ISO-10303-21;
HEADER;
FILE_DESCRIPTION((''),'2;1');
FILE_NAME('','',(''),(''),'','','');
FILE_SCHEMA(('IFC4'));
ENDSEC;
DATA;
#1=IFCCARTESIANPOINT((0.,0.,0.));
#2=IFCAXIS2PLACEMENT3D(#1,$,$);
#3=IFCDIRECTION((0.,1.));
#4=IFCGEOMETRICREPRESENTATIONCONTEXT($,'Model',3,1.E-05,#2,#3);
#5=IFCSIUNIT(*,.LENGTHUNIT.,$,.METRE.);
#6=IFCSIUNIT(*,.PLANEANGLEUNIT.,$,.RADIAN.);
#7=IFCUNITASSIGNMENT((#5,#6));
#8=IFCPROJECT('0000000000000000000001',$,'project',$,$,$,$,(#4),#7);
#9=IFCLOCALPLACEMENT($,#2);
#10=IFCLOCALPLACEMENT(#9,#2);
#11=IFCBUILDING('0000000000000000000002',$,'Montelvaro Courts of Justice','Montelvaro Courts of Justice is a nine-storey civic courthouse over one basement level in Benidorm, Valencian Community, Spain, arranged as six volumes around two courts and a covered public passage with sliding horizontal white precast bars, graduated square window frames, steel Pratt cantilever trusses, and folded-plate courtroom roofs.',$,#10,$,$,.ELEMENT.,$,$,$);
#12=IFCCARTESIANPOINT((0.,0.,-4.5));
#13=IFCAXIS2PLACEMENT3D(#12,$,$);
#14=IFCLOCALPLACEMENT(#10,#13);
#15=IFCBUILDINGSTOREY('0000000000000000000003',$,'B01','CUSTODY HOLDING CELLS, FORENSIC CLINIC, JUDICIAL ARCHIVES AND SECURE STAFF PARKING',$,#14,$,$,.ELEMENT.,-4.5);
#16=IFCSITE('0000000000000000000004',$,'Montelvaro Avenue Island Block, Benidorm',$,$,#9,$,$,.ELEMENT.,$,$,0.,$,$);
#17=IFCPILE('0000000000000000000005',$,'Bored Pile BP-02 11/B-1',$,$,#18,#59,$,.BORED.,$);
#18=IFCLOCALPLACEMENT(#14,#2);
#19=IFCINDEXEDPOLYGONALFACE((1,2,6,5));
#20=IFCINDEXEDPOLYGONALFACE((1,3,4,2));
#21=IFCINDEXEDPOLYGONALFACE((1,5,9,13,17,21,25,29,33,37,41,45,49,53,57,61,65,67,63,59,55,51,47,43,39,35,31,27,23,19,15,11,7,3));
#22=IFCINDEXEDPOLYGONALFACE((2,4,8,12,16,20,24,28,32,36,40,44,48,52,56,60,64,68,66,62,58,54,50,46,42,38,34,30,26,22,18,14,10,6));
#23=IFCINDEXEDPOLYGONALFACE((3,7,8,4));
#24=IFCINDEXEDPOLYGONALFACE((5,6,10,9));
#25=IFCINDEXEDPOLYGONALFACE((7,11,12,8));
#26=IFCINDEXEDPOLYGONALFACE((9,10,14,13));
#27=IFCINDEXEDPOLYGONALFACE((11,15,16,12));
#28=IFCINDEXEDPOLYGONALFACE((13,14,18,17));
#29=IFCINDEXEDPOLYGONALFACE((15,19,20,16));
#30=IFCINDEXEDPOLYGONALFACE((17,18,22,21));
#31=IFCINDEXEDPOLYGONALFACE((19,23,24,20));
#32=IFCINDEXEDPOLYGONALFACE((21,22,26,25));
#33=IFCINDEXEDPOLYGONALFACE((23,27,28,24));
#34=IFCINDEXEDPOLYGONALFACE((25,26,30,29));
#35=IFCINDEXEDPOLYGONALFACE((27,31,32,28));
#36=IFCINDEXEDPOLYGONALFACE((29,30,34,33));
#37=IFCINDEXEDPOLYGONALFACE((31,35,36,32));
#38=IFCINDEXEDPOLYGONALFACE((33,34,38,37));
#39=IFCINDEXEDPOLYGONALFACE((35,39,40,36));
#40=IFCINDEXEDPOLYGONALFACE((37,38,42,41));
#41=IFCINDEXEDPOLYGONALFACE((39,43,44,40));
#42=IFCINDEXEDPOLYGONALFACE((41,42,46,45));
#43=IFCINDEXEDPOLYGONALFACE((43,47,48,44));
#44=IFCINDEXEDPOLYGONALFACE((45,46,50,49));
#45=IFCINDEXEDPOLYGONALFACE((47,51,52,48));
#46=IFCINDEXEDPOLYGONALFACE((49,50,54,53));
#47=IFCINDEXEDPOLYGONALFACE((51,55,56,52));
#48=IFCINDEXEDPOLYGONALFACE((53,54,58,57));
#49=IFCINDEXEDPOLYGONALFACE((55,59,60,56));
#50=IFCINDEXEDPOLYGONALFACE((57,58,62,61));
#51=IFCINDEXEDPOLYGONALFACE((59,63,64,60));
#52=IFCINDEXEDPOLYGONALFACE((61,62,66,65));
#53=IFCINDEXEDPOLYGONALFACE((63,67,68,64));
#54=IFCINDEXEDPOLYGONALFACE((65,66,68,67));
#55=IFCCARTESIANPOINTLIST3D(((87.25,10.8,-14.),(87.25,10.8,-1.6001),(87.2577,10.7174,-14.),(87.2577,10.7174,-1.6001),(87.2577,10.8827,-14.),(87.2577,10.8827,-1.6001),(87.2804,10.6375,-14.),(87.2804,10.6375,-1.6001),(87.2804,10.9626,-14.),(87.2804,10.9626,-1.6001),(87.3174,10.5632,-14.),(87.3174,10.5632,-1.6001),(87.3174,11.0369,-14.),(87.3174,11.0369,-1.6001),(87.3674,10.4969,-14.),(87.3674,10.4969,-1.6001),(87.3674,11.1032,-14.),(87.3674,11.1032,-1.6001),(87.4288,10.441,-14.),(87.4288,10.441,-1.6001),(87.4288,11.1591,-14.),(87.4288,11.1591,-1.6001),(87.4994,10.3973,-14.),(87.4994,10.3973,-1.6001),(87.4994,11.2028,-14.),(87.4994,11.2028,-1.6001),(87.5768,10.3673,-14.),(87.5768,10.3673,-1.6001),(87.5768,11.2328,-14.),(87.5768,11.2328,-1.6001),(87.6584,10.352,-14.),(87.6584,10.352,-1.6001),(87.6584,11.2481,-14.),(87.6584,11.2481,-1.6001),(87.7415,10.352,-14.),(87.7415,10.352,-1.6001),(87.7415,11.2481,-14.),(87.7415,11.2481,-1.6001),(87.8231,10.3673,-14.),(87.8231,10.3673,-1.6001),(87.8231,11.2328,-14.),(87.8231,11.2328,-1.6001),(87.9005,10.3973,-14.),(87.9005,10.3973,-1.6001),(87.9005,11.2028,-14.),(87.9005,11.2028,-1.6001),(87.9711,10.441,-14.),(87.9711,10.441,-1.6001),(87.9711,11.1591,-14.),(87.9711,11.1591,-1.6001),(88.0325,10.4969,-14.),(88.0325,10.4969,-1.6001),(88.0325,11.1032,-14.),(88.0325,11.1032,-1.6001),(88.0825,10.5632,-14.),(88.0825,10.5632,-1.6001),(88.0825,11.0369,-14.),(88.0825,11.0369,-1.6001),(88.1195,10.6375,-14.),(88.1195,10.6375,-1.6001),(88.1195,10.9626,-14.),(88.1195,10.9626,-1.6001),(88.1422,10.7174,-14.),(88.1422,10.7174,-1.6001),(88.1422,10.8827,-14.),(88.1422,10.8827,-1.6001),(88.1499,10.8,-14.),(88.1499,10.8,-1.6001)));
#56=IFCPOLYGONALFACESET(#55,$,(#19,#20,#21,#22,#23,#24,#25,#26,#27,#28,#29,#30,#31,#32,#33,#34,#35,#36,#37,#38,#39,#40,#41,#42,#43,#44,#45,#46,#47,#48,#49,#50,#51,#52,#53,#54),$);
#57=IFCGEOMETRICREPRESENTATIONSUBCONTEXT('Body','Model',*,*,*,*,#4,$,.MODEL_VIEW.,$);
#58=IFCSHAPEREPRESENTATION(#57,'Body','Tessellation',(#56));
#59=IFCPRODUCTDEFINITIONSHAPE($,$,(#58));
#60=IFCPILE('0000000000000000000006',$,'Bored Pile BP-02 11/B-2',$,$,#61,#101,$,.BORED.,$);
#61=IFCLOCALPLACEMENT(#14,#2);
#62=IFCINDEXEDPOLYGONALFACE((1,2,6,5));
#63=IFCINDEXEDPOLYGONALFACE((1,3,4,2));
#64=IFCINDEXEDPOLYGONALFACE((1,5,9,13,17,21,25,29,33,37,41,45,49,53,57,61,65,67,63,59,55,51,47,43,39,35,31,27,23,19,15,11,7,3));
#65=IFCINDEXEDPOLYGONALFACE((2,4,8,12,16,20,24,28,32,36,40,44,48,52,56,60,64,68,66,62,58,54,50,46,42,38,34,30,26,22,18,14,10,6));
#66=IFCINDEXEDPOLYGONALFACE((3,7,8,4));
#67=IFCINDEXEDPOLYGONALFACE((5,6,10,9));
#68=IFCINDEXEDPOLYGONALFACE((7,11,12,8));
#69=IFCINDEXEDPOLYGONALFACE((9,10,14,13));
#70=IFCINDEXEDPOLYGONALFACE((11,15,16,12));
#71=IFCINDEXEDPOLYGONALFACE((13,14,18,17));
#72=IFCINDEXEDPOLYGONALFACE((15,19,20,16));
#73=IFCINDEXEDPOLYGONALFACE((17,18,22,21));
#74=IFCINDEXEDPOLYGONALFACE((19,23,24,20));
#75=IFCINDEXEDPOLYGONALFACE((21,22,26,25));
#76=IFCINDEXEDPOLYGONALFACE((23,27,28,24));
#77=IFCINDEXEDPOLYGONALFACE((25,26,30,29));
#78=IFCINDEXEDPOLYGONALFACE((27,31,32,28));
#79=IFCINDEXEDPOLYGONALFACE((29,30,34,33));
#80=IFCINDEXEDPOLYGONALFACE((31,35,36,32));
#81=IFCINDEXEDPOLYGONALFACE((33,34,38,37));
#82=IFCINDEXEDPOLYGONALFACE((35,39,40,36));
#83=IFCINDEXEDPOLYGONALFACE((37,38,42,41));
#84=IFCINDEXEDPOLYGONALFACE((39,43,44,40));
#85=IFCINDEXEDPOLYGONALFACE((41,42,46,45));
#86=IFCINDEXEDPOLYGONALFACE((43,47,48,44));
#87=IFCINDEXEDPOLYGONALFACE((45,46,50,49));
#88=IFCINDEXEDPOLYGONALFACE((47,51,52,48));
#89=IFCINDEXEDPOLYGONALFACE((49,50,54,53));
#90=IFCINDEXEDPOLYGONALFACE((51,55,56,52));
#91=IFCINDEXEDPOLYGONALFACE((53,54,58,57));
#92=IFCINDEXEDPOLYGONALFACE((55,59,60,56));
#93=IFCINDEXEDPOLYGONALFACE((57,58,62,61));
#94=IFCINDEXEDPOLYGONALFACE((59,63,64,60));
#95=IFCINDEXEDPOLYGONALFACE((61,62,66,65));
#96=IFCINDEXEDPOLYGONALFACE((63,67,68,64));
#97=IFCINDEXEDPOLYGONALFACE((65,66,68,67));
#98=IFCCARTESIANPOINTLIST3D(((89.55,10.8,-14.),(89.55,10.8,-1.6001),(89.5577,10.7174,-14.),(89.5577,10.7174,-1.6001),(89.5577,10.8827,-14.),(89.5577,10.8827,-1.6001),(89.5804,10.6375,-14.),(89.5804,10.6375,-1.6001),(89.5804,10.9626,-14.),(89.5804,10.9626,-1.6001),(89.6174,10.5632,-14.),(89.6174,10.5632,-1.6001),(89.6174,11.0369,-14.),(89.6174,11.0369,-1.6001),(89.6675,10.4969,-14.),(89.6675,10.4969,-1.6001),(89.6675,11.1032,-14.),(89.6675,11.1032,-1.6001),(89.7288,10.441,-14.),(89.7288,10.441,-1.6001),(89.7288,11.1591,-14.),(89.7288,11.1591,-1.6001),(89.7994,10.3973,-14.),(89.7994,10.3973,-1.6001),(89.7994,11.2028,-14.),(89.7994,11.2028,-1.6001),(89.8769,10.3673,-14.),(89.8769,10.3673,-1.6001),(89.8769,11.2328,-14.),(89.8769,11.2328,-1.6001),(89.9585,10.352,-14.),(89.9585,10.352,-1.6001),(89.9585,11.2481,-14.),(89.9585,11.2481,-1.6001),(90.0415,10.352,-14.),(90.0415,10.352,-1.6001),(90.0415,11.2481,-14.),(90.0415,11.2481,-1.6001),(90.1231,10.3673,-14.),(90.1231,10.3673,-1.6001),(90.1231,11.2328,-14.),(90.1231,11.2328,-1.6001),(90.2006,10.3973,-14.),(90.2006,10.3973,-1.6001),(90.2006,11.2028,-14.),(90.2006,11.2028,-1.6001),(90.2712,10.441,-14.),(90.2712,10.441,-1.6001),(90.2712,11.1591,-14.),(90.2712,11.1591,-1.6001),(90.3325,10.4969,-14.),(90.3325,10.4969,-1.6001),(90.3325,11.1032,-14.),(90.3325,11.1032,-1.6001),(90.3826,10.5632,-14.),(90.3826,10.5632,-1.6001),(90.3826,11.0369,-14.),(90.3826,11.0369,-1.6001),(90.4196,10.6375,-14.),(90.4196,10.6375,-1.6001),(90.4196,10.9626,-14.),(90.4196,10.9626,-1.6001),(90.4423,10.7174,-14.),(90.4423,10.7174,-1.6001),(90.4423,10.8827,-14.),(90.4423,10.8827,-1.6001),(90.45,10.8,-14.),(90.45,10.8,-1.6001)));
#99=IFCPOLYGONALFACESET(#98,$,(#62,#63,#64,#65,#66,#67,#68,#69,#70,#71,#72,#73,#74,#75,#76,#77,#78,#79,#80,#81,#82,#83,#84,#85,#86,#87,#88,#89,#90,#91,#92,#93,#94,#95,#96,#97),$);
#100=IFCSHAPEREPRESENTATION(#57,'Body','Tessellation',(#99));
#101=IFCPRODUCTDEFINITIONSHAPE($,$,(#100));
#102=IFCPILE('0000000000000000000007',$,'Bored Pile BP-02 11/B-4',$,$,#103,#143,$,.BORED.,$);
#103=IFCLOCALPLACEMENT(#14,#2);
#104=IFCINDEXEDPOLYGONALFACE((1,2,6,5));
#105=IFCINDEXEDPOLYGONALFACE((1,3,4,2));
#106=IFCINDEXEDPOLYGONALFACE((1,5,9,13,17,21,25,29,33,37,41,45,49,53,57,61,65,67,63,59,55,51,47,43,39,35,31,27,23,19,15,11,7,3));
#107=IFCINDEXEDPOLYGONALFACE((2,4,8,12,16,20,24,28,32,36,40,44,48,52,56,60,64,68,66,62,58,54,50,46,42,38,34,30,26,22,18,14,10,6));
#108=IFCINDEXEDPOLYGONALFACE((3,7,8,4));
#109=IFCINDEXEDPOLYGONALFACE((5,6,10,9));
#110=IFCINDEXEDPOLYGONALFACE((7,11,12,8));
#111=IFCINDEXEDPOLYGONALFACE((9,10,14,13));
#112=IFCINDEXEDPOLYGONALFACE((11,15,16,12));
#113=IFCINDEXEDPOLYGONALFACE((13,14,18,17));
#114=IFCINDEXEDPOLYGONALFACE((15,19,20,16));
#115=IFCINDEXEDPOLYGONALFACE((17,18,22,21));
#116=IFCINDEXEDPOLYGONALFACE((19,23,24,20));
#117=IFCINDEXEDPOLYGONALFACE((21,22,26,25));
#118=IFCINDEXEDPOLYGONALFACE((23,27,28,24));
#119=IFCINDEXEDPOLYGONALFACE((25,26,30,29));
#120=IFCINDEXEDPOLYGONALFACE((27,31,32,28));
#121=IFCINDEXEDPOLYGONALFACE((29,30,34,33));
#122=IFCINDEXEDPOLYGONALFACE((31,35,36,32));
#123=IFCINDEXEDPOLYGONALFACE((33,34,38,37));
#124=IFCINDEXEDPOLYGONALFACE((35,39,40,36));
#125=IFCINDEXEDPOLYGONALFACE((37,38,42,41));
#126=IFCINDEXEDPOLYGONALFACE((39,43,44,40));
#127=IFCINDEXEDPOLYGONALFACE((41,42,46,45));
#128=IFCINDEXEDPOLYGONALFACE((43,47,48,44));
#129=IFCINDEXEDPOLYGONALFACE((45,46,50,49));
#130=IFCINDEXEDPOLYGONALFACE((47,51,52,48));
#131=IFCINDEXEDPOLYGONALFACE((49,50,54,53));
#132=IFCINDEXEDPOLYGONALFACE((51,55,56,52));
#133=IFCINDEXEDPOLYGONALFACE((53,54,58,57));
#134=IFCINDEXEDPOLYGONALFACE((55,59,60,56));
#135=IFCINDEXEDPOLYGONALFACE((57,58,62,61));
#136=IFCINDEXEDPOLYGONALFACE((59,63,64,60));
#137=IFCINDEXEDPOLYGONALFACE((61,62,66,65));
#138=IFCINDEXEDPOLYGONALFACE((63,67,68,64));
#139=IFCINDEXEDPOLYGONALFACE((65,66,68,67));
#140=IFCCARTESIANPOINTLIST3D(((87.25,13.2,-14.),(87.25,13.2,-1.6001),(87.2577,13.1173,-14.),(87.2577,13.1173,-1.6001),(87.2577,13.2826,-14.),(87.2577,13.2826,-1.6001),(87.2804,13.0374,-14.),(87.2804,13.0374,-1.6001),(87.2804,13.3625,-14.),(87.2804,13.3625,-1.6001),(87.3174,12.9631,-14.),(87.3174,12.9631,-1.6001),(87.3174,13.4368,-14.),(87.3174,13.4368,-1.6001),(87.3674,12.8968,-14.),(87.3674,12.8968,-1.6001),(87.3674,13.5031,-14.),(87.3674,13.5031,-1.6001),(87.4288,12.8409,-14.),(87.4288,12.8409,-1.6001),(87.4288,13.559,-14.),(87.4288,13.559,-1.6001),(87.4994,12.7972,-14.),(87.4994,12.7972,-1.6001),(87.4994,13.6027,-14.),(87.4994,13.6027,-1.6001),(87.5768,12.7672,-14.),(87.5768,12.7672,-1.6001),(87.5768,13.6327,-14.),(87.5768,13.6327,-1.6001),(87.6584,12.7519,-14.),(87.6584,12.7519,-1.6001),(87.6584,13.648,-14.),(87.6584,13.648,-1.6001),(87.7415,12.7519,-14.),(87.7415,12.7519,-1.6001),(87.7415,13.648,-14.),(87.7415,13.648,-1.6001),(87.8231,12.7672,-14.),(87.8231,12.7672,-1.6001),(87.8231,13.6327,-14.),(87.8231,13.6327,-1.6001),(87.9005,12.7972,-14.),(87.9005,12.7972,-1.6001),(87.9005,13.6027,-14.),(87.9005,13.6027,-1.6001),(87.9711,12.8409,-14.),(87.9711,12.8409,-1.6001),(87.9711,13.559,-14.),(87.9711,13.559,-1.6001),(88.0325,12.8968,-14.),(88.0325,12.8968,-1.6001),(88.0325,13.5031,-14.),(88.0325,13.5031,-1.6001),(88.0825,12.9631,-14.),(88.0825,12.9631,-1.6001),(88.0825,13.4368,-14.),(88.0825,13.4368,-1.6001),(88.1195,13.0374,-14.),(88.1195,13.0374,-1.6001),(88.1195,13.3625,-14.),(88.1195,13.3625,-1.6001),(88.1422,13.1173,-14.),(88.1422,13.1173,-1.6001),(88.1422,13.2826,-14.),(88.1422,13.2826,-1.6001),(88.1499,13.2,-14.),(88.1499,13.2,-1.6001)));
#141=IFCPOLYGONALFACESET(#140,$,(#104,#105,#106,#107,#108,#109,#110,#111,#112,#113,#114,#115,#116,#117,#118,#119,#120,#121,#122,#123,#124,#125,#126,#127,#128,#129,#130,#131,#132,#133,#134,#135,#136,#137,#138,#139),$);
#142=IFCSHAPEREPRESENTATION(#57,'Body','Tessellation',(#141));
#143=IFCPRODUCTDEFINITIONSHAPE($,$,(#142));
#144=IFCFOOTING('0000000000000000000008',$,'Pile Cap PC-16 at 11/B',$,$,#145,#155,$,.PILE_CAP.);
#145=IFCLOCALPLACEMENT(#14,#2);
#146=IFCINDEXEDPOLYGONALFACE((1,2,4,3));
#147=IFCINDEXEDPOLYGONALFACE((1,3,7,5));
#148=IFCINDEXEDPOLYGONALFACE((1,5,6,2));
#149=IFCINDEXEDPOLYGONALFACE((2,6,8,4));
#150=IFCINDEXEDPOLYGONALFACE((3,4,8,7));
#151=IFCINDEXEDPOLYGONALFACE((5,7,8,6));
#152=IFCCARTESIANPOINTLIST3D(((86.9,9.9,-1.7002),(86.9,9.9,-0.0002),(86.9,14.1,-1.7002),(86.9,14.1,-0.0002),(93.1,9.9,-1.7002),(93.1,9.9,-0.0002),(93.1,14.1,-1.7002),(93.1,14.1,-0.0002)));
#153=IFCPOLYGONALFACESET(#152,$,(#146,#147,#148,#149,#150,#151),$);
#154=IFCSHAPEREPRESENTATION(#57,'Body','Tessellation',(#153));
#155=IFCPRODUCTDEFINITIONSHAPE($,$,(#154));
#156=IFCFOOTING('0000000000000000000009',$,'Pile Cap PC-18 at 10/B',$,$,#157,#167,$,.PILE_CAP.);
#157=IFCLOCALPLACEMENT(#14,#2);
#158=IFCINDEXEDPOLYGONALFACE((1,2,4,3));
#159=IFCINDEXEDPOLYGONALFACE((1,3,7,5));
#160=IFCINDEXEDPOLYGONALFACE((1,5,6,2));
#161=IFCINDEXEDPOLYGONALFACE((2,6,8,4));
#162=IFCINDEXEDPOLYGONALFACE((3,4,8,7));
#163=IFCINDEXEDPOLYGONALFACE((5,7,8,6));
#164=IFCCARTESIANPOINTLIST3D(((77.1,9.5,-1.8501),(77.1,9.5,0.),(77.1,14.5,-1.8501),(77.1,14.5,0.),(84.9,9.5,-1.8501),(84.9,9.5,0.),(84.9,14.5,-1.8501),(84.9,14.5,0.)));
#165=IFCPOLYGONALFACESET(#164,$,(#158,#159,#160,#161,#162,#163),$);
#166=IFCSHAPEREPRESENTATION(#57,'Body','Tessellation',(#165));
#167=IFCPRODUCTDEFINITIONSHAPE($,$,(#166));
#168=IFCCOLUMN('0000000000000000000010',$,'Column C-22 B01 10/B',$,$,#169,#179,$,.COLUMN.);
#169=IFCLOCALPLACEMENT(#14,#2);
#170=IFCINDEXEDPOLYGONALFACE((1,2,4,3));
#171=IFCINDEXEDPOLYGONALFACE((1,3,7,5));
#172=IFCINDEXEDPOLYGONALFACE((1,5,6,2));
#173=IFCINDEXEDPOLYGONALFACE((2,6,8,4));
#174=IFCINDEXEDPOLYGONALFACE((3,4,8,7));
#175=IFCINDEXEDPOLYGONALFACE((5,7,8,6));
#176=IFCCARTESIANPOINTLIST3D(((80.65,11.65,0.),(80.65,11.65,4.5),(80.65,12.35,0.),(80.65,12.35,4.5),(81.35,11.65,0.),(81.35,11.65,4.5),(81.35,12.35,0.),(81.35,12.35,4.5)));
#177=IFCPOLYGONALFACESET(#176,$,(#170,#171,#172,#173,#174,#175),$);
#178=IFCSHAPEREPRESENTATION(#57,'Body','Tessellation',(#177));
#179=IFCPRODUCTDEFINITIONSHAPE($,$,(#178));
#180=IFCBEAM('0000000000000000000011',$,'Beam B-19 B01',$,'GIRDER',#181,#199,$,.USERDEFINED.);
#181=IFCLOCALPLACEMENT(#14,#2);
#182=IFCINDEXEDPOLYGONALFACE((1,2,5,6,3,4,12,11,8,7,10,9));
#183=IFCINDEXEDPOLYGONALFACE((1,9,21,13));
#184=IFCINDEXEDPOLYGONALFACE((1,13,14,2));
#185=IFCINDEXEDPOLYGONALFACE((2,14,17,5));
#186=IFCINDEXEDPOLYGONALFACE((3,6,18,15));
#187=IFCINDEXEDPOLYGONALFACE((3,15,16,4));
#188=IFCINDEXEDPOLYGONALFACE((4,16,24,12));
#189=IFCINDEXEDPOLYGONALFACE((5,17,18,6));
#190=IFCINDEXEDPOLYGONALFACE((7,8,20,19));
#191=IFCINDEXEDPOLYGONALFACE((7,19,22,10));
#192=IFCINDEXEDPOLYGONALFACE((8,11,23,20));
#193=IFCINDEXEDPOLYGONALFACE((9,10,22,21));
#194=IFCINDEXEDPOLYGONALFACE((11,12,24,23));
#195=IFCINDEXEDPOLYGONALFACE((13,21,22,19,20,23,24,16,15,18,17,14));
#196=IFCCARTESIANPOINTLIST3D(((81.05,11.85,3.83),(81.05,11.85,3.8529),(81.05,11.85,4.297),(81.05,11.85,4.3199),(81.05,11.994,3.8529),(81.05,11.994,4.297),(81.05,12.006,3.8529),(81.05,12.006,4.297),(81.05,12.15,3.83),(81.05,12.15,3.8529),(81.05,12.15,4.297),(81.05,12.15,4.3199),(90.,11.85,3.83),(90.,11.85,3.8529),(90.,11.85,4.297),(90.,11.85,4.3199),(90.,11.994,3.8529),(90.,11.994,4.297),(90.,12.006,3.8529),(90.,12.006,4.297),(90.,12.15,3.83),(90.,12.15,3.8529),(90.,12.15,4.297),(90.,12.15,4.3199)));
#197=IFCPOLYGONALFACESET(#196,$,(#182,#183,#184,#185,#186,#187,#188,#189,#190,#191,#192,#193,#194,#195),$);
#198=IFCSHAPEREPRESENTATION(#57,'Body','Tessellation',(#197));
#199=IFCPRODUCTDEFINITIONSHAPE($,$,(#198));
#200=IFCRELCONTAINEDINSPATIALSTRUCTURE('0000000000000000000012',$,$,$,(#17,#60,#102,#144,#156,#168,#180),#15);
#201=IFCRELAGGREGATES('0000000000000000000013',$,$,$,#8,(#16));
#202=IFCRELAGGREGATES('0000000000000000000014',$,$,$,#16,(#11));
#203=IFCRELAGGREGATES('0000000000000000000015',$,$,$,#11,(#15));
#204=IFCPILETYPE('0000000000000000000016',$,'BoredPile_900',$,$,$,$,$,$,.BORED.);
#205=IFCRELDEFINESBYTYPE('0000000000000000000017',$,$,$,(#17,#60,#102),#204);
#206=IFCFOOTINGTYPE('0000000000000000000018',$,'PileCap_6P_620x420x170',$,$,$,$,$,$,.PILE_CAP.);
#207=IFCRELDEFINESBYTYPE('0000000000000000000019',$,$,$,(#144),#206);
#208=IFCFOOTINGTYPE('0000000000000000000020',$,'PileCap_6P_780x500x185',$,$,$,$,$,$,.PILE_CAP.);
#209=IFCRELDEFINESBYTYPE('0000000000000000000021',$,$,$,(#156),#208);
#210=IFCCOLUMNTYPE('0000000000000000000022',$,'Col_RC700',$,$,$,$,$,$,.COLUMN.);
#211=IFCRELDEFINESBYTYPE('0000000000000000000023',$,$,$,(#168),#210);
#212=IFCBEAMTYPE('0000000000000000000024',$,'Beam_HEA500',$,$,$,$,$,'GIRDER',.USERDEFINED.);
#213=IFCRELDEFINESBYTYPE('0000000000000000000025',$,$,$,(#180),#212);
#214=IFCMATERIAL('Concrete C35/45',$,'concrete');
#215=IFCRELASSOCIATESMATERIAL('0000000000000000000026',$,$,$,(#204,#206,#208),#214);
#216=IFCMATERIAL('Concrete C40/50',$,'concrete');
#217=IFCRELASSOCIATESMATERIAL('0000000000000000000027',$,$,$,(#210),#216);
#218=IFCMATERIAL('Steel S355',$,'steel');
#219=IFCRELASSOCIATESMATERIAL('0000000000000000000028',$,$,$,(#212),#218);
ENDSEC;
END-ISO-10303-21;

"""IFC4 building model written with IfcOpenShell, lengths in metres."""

from ifc_helpers import new_model, si_unit, direction, frame, origin, origin_2d, place, context, subcontext, project, spatial, rectangle, circle, i_section, extrude, material, material_profile, profile_set, type_object, element, save


model = new_model("IFC4")

# Units and contexts
model_context = context("Model", 3, precision=1e-05, world=origin(), true_north=direction((0.0, 1.0)))
body_context = subcontext(model_context, "Body", "Model", "MODEL_VIEW")
ifc_project = project(units=[si_unit("LENGTHUNIT", "METRE"), si_unit("PLANEANGLEUNIT", "RADIAN")], contexts=[model_context])

# Site, building, storey
site_placement = place(None, origin())
site = spatial("IfcSite", under=ifc_project, at=site_placement, Name="Montelvaro Avenue Island Block, Benidorm", CompositionType="ELEMENT", RefElevation=0.0)
building_placement = place(site_placement, origin())
building = spatial("IfcBuilding", under=site, at=building_placement, Name="Montelvaro Courts of Justice", Description="Montelvaro Courts of Justice is a nine-storey civic courthouse over one basement level in Benidorm, Valencian Community, Spain, arranged as six volumes around two courts and a covered public passage with sliding horizontal white precast bars, graduated square window frames, steel Pratt cantilever trusses, and folded-plate courtroom roofs.", CompositionType="ELEMENT")
storey_placement = place(building_placement, frame((0.0, 0.0, -4.5)))
storey = spatial("IfcBuildingStorey", under=building, at=storey_placement, Name="B01", Description="CUSTODY HOLDING CELLS, FORENSIC CLINIC, JUDICIAL ARCHIVES AND SECURE STAFF PARKING", CompositionType="ELEMENT", Elevation=-4.5)

# Piles
ifc_material_1 = material(Name="Concrete C35/45", Category="concrete")
ifc_material_profile_1 = material_profile(ifc_material_1, circle(Radius=0.45, at=origin_2d()), Name="BORED PILE D900")
ifc_profile_set_1 = profile_set([ifc_material_profile_1], Name="Concrete C35/45")
pile_type_1 = type_object("IfcPileType", Name="BoredPile_900", PredefinedType="BORED", material=ifc_profile_set_1)
for number, where, z_axis, x_axis, name in (
    (1, (87.7, 10.8, -1.6001), (0.0, 0.0, -1.0), (1.0, 0.0, 0.0), "Bored Pile BP-02 11/B-1"),
    (2, (90.0, 10.8, -1.6001), (0.0, 0.0, -1.0), (1.0, 0.0, 0.0), "Bored Pile BP-02 11/B-2"),
    (3, (87.7, 13.2, -1.6001), (0.0, 0.0, -1.0), (1.0, 0.0, 0.0), "Bored Pile BP-02 11/B-4"),
):
    element("IfcPile", number, at=place(storey_placement, frame(where, z_axis=z_axis, x_axis=x_axis)), inside=storey, type_object=pile_type_1, Name=name, PredefinedType="BORED", context=body_context, shape_type="SweptSolid", body=[
        extrude(circle(Radius=0.45, at=origin_2d()), origin(), (0.0, 0.0, 1.0), 12.3999),
    ])

# Footings
footing_type_1 = type_object("IfcFootingType", Name="PileCap_6P_620x420x170", PredefinedType="PILE_CAP", material=ifc_material_1)
footing_1_placement = place(storey_placement, frame((90.0, 12.0, -1.7002), z_axis=(0.0, 0.0, 1.0), x_axis=(1.0, 0.0, 0.0)))
element("IfcFooting", 4, at=footing_1_placement, inside=storey, type_object=footing_type_1, Name="Pile Cap PC-16 at 11/B", PredefinedType="PILE_CAP", context=body_context, shape_type="SweptSolid", body=[
    extrude(rectangle(XDim=6.2, YDim=4.2, at=origin_2d()), origin(), (0.0, 0.0, 1.0), 1.7),
])
footing_type_2 = type_object("IfcFootingType", Name="PileCap_6P_780x500x185", PredefinedType="PILE_CAP", material=ifc_material_1)
footing_2_placement = place(storey_placement, frame((81.0, 12.0, -1.8501), z_axis=(0.0, 0.0, 1.0), x_axis=(1.0, 0.0, 0.0)))
element("IfcFooting", 5, at=footing_2_placement, inside=storey, type_object=footing_type_2, Name="Pile Cap PC-18 at 10/B", PredefinedType="PILE_CAP", context=body_context, shape_type="SweptSolid", body=[
    extrude(rectangle(XDim=7.8, YDim=5.0, at=origin_2d()), origin(), (0.0, 0.0, 1.0), 1.8501),
])

# Column
ifc_material_2 = material(Name="Concrete C40/50", Category="concrete")
ifc_material_profile_2 = material_profile(ifc_material_2, rectangle(XDim=0.7, YDim=0.7, at=origin_2d()), Name="RC 700x700")
ifc_profile_set_2 = profile_set([ifc_material_profile_2], Name="Concrete C40/50")
column_type = type_object("IfcColumnType", Name="Col_RC700", PredefinedType="COLUMN", material=ifc_profile_set_2)
column_placement = place(storey_placement, frame((81.0, 12.0, 0.0), z_axis=(0.0, 0.0, 1.0), x_axis=(1.0, 0.0, 0.0)))
element("IfcColumn", 6, at=column_placement, inside=storey, type_object=column_type, Name="Column C-22 B01 10/B", PredefinedType="COLUMN", context=body_context, shape_type="SweptSolid", body=[
    extrude(rectangle(XDim=0.7, YDim=0.7, at=origin_2d()), origin(), (0.0, 0.0, 1.0), 4.5),
])

# Beam
ifc_material_3 = material(Name="Steel S355", Category="steel")
ifc_material_profile_3 = material_profile(ifc_material_3, i_section(OverallWidth=0.3, OverallDepth=0.49, WebThickness=0.012, FlangeThickness=0.0229, at=origin_2d()), Name="HEA 500")
ifc_profile_set_3 = profile_set([ifc_material_profile_3], Name="Steel S355")
beam_type_1 = type_object("IfcBeamType", Name="Beam_HEA500", ElementType="GIRDER", PredefinedType="USERDEFINED", material=ifc_profile_set_3)
beam_1_placement = place(storey_placement, frame((81.05, 12.0, 4.075), z_axis=(1.0, 0.0, 0.0), x_axis=(0.0, 1.0, 0.0)))
element("IfcBeam", 7, at=beam_1_placement, inside=storey, type_object=beam_type_1, Name="Beam B-19 B01", ObjectType="GIRDER", PredefinedType="USERDEFINED", context=body_context, shape_type="SweptSolid", body=[
    extrude(i_section(OverallWidth=0.3, OverallDepth=0.49, WebThickness=0.012, FlangeThickness=0.0229, at=origin_2d()), origin(), (0.0, 0.0, 1.0), 8.95),
])

save(model, "model.ifc")
